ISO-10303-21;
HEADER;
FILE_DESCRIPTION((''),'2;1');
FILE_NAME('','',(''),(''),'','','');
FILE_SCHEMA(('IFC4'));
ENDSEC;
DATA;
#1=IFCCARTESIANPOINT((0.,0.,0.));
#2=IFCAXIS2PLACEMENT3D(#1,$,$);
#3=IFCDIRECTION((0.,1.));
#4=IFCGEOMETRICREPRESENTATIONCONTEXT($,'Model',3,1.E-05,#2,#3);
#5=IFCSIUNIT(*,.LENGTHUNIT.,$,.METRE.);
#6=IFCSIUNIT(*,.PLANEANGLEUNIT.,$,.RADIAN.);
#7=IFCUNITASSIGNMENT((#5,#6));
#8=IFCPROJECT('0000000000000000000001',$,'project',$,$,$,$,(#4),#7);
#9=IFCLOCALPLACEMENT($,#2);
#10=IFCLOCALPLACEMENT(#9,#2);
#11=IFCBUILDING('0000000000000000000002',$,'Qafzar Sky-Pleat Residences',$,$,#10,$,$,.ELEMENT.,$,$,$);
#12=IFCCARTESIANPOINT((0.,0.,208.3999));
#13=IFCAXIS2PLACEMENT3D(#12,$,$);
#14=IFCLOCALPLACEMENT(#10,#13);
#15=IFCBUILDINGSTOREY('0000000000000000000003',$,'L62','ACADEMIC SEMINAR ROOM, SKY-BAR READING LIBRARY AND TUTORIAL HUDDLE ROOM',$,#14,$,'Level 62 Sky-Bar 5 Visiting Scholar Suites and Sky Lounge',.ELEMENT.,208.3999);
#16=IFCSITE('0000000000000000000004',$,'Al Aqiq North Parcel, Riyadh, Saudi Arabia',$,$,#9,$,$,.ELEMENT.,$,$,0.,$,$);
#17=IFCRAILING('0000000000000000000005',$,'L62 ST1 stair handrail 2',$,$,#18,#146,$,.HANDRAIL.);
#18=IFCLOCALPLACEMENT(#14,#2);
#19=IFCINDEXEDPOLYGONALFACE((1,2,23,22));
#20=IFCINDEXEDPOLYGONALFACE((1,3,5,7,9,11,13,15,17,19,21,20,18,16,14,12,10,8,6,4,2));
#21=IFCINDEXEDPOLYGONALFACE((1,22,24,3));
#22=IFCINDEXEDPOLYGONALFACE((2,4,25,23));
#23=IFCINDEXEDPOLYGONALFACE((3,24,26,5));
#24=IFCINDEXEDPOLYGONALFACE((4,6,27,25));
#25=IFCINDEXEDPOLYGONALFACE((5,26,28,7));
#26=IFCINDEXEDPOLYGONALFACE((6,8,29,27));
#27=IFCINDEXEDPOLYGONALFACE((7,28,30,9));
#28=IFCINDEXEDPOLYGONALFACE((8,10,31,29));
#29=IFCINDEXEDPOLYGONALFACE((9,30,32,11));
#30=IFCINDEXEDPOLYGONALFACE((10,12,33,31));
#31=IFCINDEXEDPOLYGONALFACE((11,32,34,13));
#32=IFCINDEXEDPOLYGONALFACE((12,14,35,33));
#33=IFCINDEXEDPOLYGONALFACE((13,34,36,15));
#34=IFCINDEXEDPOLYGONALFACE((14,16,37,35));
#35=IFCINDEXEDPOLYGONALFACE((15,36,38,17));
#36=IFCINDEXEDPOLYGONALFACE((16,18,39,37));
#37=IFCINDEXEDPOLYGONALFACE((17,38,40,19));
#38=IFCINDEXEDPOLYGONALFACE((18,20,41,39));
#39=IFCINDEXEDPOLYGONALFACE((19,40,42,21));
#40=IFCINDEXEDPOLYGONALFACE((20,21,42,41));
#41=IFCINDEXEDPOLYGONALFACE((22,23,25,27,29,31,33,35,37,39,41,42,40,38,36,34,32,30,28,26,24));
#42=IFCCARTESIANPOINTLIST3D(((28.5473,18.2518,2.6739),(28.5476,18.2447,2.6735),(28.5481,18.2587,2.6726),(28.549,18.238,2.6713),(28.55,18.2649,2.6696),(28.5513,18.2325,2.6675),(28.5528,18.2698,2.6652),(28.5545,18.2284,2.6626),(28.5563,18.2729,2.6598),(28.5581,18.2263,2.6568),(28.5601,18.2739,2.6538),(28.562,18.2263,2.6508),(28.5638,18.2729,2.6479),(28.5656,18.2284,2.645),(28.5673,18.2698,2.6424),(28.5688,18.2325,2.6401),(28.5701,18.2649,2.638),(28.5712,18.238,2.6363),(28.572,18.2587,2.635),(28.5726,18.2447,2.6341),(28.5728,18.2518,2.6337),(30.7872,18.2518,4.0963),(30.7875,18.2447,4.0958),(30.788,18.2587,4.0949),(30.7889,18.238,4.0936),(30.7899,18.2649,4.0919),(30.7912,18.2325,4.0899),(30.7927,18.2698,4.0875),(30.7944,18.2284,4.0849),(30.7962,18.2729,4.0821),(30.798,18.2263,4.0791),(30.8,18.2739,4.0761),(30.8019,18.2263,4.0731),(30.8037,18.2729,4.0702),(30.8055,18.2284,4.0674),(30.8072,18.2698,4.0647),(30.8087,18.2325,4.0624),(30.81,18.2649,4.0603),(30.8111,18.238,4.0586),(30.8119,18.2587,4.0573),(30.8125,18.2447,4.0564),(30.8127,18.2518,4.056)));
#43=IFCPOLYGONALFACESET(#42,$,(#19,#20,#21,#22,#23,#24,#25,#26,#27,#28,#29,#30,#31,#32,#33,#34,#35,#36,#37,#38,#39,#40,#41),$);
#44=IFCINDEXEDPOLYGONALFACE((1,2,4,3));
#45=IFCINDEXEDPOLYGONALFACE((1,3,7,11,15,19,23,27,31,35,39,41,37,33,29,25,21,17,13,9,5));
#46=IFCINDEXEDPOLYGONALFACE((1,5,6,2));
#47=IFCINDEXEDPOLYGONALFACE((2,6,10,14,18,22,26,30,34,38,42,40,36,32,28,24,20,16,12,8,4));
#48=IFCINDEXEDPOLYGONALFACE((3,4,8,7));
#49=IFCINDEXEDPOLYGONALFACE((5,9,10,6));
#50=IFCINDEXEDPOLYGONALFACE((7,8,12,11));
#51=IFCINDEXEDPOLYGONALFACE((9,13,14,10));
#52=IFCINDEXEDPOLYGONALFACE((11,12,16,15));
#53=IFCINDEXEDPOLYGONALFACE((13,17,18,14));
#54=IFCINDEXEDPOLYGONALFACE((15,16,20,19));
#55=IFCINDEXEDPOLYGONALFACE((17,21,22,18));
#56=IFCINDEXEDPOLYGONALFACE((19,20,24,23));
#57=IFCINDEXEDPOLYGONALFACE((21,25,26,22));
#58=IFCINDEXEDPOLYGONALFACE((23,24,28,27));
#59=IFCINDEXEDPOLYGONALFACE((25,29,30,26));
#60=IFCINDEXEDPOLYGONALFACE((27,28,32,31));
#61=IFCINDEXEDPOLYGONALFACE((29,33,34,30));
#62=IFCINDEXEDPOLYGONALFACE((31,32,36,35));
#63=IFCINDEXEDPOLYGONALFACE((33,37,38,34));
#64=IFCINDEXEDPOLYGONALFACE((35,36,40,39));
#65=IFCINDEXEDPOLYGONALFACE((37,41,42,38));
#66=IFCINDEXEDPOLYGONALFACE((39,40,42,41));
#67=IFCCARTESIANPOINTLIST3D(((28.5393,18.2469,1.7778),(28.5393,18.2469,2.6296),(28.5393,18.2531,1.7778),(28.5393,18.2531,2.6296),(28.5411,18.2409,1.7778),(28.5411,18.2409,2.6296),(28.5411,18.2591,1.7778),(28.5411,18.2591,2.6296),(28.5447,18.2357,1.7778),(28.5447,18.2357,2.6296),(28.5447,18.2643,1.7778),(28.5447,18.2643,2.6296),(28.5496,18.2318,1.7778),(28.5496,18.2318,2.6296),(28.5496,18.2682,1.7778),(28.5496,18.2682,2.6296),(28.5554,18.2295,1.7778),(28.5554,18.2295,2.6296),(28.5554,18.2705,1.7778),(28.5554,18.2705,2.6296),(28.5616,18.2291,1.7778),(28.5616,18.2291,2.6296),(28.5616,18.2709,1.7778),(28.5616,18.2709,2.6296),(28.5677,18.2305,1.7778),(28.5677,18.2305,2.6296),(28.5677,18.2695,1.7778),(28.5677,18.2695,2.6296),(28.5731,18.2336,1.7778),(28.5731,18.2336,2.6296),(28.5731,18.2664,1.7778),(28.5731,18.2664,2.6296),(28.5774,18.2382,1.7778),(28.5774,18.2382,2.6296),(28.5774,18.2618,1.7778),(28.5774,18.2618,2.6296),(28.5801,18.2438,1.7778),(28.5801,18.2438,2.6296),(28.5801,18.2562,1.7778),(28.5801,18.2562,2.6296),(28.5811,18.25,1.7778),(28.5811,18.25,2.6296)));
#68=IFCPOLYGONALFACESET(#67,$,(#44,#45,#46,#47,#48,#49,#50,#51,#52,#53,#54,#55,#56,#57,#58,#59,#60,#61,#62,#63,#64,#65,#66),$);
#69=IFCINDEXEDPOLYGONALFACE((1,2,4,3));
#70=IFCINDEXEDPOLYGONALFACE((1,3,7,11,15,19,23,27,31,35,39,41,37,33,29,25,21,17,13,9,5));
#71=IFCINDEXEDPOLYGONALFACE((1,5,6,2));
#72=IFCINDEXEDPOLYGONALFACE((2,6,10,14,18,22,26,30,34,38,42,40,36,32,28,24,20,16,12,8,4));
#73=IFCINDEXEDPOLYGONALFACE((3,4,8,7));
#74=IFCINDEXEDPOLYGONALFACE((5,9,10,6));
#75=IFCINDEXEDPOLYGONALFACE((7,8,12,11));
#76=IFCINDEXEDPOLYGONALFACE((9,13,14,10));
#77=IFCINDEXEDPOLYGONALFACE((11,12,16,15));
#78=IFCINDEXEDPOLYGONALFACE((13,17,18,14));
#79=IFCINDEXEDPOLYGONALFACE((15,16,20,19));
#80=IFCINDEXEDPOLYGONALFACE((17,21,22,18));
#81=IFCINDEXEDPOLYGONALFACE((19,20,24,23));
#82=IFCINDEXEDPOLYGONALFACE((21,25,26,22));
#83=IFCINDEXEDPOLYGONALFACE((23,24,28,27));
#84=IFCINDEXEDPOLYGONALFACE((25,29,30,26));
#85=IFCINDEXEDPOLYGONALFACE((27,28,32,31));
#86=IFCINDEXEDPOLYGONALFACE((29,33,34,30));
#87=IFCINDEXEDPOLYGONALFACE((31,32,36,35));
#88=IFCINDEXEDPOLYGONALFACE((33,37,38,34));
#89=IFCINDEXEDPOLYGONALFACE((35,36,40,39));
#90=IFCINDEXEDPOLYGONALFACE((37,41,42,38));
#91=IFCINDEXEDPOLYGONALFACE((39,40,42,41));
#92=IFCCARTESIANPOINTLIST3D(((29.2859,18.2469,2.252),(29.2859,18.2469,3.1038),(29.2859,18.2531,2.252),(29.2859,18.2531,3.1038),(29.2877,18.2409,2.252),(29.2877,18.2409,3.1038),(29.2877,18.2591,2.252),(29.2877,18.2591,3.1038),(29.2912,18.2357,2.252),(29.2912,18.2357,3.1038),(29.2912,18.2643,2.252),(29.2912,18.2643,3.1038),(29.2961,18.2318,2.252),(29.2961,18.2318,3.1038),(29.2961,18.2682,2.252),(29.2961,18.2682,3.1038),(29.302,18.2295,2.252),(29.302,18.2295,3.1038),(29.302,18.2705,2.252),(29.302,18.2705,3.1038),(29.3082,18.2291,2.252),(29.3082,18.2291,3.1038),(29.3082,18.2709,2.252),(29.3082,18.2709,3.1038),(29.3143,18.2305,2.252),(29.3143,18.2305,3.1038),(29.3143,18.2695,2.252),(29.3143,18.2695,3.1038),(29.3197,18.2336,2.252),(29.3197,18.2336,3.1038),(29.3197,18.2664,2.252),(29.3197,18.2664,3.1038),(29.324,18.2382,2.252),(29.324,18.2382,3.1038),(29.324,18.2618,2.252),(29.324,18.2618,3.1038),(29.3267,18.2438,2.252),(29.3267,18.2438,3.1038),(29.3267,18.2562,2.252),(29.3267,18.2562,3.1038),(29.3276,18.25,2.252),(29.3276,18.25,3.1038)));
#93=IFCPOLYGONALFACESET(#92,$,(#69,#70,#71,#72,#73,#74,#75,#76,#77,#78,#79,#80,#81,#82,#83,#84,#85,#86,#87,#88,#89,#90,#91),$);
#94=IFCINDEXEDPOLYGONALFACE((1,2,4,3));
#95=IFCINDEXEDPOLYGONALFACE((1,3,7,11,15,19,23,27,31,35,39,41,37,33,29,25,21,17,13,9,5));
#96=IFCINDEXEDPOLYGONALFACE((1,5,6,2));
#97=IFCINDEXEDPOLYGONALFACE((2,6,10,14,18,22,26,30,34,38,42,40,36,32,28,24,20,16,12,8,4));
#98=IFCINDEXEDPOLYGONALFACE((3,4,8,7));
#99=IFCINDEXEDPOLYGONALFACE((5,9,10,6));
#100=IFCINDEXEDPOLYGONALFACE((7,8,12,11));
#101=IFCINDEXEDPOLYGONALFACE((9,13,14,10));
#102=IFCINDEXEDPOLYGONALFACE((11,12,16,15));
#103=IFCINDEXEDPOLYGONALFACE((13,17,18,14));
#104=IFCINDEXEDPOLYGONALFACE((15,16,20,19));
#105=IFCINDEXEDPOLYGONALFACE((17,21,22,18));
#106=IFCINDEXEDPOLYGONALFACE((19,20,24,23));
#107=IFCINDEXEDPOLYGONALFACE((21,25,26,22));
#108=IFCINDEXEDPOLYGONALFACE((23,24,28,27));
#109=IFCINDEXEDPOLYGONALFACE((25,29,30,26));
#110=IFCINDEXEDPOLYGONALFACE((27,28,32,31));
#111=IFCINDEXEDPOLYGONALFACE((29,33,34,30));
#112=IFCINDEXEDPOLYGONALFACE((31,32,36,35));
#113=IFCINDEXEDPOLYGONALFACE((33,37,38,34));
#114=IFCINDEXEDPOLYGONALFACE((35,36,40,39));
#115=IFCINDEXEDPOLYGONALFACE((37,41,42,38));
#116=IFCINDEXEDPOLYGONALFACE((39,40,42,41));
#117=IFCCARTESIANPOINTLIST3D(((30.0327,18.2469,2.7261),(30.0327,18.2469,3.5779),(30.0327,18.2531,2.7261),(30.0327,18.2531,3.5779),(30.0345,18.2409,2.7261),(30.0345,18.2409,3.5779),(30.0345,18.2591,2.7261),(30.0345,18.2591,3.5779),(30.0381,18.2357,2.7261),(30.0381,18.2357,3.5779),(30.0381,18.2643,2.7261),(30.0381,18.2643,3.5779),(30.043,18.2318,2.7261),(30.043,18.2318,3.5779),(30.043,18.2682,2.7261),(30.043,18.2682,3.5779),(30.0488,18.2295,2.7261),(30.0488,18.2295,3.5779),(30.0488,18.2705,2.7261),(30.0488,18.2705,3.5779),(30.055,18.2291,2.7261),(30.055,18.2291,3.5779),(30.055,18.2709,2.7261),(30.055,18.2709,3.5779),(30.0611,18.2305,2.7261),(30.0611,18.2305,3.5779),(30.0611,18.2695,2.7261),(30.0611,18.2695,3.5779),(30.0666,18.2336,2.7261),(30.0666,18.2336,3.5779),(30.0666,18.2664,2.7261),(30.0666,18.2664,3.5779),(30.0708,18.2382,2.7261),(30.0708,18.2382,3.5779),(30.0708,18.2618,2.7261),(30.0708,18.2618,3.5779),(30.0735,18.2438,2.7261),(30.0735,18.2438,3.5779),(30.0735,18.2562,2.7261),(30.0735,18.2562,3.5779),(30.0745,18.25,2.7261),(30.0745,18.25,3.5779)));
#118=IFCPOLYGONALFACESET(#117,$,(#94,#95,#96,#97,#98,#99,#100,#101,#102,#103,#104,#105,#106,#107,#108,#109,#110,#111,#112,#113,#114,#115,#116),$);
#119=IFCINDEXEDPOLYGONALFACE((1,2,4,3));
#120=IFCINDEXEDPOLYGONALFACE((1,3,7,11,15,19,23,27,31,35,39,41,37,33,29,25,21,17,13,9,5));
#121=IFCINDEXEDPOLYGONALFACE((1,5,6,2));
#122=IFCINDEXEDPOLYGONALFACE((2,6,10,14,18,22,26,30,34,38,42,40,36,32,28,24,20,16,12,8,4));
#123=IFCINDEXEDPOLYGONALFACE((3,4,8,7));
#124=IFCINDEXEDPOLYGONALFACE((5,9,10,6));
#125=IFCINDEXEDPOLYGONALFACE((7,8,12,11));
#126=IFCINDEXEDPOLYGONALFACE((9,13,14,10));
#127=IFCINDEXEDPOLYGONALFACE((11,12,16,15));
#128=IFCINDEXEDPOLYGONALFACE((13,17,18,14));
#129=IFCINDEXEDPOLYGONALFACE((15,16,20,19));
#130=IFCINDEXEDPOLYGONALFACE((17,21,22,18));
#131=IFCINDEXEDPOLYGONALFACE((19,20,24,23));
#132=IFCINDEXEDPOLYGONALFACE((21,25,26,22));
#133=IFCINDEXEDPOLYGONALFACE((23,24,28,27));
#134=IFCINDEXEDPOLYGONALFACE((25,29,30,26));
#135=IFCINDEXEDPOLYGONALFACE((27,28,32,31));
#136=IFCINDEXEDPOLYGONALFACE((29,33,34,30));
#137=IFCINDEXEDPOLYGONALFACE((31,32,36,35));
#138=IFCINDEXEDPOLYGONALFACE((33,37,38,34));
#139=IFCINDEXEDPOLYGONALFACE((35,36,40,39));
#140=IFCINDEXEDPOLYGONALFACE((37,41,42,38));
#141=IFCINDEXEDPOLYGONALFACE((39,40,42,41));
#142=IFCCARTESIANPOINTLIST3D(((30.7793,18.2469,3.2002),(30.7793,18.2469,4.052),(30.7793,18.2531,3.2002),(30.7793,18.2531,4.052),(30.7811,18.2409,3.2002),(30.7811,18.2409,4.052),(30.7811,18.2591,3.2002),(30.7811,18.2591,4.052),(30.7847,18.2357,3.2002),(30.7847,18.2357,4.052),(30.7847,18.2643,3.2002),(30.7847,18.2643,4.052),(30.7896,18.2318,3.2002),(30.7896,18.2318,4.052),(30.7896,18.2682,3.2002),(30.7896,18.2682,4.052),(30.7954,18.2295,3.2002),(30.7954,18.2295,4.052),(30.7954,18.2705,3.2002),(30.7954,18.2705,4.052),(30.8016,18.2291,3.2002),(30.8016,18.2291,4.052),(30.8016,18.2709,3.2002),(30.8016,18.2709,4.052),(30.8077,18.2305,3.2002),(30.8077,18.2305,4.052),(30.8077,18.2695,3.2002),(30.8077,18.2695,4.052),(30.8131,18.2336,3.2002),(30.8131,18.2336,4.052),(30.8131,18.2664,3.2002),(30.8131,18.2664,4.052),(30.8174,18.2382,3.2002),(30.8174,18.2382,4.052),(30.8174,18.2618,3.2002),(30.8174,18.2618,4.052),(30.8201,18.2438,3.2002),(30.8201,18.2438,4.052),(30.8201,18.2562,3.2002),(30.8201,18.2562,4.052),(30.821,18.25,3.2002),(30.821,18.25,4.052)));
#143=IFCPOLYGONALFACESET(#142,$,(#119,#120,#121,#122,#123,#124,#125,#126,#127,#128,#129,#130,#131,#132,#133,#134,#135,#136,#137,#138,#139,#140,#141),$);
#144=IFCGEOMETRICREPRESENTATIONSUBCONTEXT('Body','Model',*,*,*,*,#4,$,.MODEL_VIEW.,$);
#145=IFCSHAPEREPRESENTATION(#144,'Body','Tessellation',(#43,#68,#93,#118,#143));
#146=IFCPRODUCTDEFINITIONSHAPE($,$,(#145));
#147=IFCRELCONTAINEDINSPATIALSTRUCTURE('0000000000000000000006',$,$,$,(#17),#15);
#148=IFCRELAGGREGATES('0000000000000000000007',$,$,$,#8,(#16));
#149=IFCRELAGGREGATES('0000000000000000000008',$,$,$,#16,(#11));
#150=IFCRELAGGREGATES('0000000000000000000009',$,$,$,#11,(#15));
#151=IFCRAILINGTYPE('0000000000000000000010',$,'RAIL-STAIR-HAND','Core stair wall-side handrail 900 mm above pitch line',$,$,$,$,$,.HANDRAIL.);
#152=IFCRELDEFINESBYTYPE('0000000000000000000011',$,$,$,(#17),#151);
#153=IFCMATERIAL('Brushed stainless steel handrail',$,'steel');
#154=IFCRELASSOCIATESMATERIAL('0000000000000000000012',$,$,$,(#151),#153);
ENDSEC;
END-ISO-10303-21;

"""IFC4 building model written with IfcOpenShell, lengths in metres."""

from ifc_helpers import new_model, si_unit, direction, frame, origin, origin_2d, place, context, subcontext, project, spatial, circle, extrude, source, transform, mapped, material, type_object, element, save


model = new_model("IFC4")

# Units and contexts
model_context = context("Model", 3, precision=1e-05, world=origin(), true_north=direction((0.0, 1.0)))
body_context = subcontext(model_context, "Body", "Model", "MODEL_VIEW")
ifc_project = project(units=[si_unit("LENGTHUNIT", "METRE"), si_unit("PLANEANGLEUNIT", "RADIAN")], contexts=[model_context])

# Site, building, storey
site_placement = place(None, origin())
site = spatial("IfcSite", under=ifc_project, at=site_placement, Name="Al Aqiq North Parcel, Riyadh, Saudi Arabia", CompositionType="ELEMENT", RefElevation=0.0)
building_placement = place(site_placement, origin())
building = spatial("IfcBuilding", under=site, at=building_placement, Name="Qafzar Sky-Pleat Residences", CompositionType="ELEMENT")
storey_placement = place(building_placement, frame((0.0, 0.0, 208.3999)))
storey = spatial("IfcBuildingStorey", under=building, at=storey_placement, Name="L62", Description="ACADEMIC SEMINAR ROOM, SKY-BAR READING LIBRARY AND TUTORIAL HUDDLE ROOM", LongName="Level 62 Sky-Bar 5 Visiting Scholar Suites and Sky Lounge", CompositionType="ELEMENT", Elevation=208.3999)

# Railing
ifc_material_1 = material(Name="Brushed stainless steel handrail", Category="steel")
railing_type_1 = type_object("IfcRailingType", Name="RAIL-STAIR-HAND", Description="Core stair wall-side handrail 900 mm above pitch line", PredefinedType="HANDRAIL", material=ifc_material_1)
shared_shape_1 = source(origin(), body_context, "Body", "SweptSolid", [
    extrude(circle(Radius=0.0239, at=origin_2d()), frame((0.0, 0.0, 0.876), z_axis=(0.844188, 0.0, 0.536048), x_axis=(0.0, 1.0, 0.0)), (0.0, 0.0, 1.0), 2.6533),
    extrude(circle(Radius=0.021, at=origin_2d()), origin(), (0.0, 0.0, 1.0), 0.8518),
    extrude(circle(Radius=0.021, at=origin_2d()), frame((0.7466, 0.0, 0.4741)), (0.0, 0.0, 1.0), 0.8518),
    extrude(circle(Radius=0.021, at=origin_2d()), frame((1.4934, 0.0, 0.9482)), (0.0, 0.0, 1.0), 0.8518),
    extrude(circle(Radius=0.021, at=origin_2d()), frame((2.24, 0.0, 1.4224)), (0.0, 0.0, 1.0), 0.8518),
])
railing_1_placement = place(storey_placement, frame((28.5601, 18.25, 1.7778)))
element("IfcRailing", 1, at=railing_1_placement, inside=storey, type_object=railing_type_1, Name="L62 ST1 stair handrail 2", PredefinedType="HANDRAIL", context=body_context, shape_type="MappedRepresentation", body=[
    mapped(shared_shape_1, transform((0.0, 0.0, 0.0), x_axis=(1.0, 0.0, 0.0), y_axis=(0.0, 1.0, 0.0), z_axis=(0.0, 0.0, 1.0), scale=1.0)),
])

save(model, "model.ifc")
